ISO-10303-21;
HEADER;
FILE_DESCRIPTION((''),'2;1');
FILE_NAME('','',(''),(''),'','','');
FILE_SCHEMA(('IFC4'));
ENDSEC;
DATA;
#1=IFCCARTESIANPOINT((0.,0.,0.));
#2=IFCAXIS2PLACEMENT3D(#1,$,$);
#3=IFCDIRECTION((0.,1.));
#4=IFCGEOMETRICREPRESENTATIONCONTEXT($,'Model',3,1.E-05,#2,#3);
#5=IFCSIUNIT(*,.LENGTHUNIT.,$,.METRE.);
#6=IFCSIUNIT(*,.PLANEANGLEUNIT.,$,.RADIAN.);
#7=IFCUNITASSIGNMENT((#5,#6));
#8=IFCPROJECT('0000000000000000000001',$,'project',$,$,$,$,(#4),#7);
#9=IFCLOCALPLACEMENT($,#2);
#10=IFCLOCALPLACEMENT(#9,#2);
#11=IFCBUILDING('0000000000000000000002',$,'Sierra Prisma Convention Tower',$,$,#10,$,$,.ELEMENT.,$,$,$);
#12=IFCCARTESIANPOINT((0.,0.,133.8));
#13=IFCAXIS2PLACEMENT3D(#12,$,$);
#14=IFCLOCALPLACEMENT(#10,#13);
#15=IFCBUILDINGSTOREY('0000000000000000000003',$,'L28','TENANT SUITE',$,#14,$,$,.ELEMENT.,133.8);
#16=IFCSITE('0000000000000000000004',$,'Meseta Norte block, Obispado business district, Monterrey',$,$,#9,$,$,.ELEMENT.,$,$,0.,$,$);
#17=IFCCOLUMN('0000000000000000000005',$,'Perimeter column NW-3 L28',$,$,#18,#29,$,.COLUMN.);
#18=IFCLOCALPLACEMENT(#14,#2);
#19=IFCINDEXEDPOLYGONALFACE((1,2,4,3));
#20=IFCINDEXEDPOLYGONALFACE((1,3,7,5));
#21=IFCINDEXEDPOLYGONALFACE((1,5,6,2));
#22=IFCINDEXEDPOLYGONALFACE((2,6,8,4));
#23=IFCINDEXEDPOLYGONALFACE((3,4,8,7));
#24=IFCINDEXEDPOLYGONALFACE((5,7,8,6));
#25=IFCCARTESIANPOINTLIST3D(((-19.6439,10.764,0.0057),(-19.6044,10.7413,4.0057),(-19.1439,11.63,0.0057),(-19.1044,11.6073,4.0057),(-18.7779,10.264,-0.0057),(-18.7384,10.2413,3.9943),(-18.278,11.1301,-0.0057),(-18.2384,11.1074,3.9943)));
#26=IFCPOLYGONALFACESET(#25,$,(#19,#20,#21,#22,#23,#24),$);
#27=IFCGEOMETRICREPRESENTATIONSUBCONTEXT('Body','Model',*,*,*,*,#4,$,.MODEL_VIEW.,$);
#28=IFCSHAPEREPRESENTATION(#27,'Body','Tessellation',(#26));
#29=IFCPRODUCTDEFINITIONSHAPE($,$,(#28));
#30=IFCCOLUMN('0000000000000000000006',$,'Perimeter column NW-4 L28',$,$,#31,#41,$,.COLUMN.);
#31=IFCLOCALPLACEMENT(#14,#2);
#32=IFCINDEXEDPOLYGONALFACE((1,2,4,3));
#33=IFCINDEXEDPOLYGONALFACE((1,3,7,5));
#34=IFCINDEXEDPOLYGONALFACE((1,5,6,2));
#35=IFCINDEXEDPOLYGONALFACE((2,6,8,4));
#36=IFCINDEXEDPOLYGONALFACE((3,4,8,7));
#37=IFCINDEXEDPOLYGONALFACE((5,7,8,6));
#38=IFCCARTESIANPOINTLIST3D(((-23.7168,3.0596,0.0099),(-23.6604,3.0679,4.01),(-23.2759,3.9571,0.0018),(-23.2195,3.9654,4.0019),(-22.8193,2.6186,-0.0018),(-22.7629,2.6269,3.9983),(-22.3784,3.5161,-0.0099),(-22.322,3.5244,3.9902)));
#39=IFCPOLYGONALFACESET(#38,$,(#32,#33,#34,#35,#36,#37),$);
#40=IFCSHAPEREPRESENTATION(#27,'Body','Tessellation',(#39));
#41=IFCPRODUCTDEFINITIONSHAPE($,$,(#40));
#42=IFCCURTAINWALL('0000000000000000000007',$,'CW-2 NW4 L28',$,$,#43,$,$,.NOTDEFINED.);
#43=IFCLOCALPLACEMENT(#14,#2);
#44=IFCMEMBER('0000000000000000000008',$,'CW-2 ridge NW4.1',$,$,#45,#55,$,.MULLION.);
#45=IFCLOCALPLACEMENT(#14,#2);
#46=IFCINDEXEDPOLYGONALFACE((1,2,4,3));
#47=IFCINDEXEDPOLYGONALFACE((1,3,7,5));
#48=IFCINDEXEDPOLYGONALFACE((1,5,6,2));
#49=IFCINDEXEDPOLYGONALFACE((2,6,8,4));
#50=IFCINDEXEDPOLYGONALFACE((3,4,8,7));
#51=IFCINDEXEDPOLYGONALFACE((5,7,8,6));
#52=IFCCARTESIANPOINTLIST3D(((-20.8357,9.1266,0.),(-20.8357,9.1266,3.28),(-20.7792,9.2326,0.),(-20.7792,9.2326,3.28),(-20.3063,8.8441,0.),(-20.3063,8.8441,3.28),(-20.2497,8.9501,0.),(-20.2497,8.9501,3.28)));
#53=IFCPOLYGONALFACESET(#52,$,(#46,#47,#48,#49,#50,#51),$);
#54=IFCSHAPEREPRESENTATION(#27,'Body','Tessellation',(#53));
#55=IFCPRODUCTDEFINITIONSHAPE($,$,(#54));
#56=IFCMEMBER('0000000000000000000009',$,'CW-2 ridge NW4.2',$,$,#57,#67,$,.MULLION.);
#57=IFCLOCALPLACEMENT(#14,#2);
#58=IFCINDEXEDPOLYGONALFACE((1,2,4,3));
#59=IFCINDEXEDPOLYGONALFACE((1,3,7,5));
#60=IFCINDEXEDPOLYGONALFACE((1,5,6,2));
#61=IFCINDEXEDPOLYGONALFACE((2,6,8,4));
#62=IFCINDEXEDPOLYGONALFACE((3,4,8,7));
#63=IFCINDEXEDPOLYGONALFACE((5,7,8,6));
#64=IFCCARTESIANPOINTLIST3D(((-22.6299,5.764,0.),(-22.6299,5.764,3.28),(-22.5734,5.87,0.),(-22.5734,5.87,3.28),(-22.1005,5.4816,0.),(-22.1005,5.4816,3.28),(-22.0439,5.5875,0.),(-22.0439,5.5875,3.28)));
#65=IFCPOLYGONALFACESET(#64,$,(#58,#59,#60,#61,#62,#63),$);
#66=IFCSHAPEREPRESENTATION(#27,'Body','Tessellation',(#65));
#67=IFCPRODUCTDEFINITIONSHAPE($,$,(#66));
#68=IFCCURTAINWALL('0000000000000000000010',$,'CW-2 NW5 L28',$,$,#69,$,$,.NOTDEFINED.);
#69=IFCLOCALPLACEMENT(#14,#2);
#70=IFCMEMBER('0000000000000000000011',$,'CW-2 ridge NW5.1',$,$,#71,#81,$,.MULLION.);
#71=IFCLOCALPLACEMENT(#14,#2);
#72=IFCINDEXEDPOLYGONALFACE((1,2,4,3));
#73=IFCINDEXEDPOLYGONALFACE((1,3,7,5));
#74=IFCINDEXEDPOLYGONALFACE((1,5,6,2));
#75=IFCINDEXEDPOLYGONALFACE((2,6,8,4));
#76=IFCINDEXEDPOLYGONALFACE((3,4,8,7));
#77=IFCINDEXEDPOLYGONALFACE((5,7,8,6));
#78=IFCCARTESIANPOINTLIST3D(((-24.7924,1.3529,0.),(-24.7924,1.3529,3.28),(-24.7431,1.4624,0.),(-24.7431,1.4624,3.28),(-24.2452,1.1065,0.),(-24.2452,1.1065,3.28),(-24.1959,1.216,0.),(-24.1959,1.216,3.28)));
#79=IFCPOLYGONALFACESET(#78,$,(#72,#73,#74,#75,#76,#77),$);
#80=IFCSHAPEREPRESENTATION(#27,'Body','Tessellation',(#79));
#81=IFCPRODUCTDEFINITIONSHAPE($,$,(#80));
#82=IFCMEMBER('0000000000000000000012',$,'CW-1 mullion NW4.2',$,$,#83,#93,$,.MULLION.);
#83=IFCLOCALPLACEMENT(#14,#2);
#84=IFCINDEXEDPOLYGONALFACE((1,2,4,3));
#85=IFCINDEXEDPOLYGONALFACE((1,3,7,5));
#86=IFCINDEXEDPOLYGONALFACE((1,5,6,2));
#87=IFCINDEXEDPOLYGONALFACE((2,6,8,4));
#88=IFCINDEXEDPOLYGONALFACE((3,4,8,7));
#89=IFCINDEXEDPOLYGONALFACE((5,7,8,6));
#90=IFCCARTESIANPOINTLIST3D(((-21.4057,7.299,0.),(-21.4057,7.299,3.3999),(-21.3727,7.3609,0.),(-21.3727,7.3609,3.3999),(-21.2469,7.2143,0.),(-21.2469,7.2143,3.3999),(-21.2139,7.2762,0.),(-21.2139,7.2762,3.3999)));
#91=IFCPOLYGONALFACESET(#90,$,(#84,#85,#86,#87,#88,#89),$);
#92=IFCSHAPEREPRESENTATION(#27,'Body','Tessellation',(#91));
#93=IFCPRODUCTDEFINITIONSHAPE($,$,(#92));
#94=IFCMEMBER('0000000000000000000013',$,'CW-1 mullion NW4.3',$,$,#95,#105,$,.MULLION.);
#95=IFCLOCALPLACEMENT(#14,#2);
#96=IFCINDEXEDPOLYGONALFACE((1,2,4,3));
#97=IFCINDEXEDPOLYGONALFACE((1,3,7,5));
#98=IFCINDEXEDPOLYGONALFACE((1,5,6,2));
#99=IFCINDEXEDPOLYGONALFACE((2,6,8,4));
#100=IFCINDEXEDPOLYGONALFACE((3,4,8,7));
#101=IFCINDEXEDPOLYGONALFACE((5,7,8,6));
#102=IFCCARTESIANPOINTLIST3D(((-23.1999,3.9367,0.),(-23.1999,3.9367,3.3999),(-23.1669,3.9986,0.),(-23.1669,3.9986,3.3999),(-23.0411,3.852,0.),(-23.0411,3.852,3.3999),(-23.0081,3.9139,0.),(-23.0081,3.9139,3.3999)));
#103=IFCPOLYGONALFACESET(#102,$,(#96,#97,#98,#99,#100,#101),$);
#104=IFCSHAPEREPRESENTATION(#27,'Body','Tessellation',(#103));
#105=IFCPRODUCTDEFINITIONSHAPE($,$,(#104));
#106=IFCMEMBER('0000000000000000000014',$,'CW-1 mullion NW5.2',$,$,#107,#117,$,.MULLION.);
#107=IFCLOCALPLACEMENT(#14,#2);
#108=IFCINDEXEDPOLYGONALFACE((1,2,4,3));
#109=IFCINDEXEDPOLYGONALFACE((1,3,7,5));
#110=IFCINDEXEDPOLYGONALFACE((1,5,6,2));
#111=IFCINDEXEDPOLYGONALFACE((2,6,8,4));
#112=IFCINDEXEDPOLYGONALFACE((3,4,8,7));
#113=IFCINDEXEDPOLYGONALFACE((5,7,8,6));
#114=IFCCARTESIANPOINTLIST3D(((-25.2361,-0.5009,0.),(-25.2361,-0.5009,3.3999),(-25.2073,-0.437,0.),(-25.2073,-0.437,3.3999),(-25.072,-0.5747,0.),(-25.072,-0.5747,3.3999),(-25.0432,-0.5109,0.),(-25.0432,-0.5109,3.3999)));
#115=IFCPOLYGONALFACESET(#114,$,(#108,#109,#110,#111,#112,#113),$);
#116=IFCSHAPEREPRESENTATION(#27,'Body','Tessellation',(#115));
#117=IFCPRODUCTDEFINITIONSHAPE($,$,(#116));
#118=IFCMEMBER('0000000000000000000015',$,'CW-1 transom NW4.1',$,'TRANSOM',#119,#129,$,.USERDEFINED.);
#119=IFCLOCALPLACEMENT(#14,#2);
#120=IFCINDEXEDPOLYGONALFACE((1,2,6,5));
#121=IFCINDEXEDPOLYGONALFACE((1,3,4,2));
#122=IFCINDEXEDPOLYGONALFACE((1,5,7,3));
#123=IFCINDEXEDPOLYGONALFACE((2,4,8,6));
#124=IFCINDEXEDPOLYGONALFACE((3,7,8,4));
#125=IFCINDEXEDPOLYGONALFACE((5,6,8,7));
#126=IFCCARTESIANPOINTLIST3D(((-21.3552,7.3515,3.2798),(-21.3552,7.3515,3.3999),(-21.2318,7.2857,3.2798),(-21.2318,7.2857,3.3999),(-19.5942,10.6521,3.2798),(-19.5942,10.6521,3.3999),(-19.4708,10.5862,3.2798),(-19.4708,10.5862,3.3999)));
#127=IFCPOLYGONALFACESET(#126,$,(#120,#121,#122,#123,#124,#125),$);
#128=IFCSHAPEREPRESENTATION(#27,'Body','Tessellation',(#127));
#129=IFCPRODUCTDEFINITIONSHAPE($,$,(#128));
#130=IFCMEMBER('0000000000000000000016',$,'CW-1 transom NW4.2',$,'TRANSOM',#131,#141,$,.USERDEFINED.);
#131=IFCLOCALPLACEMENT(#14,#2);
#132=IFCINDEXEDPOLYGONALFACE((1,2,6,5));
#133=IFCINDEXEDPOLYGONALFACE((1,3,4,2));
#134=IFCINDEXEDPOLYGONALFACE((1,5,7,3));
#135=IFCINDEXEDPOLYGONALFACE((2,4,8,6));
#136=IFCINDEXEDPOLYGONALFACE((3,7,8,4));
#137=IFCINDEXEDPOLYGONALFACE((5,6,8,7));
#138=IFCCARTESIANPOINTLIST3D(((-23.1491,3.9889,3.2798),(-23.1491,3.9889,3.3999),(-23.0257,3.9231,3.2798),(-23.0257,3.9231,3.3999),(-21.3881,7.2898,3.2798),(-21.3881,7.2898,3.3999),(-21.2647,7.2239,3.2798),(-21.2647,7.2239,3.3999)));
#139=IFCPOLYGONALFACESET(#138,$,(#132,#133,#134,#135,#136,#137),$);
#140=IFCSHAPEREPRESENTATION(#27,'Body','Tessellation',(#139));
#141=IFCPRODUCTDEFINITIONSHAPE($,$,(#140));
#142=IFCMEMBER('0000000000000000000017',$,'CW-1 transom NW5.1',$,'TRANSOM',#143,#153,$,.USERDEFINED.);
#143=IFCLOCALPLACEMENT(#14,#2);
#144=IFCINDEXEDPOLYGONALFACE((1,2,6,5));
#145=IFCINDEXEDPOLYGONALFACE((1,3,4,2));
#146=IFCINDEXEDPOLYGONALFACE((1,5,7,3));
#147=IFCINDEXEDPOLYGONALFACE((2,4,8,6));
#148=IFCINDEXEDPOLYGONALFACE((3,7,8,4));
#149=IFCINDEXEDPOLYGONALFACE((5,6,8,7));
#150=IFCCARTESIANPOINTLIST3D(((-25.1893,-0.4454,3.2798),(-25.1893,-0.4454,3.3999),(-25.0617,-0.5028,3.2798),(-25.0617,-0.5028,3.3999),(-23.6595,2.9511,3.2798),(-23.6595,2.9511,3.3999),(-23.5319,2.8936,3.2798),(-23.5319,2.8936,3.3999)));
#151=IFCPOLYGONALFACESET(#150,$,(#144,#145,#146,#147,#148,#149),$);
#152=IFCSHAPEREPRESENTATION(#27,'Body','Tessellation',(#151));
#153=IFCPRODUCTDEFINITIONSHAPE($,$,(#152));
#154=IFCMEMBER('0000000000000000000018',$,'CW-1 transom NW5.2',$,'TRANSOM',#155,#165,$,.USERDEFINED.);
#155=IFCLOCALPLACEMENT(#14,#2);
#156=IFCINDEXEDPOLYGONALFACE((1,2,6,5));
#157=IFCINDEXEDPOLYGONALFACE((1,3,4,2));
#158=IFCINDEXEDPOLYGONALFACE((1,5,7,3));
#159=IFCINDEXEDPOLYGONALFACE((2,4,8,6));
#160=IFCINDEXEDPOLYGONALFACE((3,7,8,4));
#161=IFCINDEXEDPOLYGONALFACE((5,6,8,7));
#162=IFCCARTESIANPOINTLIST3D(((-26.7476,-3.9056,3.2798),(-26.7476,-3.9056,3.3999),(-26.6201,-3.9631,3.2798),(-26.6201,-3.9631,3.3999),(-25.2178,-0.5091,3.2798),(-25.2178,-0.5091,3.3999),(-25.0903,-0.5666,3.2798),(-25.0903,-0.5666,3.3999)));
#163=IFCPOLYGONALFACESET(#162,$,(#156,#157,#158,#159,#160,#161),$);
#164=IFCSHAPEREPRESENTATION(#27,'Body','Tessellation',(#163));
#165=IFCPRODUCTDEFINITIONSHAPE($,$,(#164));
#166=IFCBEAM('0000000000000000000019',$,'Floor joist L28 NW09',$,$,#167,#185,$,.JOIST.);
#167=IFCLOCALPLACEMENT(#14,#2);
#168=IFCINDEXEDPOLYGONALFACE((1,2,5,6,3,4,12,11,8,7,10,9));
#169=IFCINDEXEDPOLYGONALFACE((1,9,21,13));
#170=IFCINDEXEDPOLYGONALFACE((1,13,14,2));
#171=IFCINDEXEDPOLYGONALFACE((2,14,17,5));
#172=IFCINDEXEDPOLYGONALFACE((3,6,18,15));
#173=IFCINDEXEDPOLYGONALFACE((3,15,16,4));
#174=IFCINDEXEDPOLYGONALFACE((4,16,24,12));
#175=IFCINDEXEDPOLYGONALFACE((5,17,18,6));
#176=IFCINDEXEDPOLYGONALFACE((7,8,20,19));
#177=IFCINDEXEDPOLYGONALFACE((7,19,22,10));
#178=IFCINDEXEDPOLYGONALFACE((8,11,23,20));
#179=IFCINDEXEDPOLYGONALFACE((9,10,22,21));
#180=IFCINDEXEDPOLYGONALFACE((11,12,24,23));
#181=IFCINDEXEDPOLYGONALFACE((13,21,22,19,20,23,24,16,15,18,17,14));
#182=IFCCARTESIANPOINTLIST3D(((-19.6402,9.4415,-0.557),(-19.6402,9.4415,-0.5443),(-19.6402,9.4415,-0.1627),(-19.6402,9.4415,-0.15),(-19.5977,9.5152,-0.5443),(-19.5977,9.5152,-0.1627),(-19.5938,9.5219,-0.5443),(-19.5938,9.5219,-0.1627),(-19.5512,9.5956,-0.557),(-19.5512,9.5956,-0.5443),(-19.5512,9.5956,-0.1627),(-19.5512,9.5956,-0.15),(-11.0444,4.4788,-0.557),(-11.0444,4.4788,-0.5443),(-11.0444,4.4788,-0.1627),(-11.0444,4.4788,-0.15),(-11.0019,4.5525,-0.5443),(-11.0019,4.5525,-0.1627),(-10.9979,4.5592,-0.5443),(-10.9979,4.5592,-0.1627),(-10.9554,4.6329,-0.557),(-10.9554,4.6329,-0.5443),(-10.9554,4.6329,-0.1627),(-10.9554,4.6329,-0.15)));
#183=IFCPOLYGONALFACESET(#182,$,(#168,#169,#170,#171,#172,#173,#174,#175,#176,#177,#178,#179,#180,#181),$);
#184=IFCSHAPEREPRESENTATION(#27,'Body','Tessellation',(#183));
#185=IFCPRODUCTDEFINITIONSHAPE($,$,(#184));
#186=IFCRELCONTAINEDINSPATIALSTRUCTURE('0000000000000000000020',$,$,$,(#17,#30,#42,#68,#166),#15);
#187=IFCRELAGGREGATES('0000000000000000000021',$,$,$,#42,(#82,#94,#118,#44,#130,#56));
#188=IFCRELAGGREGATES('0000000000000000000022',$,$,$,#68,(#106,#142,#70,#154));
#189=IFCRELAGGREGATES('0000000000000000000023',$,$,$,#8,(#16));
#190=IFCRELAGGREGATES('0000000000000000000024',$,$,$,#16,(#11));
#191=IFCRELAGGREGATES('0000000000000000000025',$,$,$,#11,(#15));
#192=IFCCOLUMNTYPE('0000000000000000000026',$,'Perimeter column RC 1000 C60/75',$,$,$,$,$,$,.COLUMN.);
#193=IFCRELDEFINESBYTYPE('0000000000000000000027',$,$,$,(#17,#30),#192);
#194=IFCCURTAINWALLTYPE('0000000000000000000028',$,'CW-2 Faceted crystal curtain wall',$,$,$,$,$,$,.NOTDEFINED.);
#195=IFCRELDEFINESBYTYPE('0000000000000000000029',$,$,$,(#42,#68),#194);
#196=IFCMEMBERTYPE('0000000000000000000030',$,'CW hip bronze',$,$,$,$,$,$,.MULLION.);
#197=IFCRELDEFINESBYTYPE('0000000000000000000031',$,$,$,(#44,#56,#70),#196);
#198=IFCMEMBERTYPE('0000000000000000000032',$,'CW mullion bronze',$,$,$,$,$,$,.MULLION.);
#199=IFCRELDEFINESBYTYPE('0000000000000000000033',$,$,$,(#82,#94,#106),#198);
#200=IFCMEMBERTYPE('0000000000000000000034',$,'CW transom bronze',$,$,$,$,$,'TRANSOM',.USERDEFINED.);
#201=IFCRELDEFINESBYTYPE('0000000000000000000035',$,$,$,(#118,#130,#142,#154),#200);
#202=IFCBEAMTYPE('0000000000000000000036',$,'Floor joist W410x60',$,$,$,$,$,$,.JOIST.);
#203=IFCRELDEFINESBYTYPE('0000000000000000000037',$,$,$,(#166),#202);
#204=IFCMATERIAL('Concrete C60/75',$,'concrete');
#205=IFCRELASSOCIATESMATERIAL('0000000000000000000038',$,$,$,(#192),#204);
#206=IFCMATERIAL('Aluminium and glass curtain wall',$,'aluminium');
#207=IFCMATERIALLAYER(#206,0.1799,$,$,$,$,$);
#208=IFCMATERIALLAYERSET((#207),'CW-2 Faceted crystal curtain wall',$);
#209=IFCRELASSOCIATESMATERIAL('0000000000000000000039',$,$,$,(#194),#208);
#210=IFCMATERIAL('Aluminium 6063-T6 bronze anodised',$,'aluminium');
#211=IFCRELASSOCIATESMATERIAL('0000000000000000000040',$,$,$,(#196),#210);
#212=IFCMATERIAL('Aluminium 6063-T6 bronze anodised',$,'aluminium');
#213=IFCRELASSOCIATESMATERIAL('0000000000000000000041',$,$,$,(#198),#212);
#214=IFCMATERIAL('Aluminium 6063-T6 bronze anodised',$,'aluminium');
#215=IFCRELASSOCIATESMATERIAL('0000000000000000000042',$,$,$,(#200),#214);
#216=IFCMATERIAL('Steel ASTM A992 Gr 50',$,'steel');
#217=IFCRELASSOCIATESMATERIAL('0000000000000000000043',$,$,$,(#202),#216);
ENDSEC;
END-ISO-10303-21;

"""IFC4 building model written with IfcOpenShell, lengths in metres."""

from ifc_helpers import new_model, si_unit, direction, frame, origin, origin_2d, place, context, subcontext, project, spatial, rectangle, i_section, extrude, material, layer, layer_set, material_profile, profile_set, type_object, element, aggregate, save


model = new_model("IFC4")

# Units and contexts
model_context = context("Model", 3, precision=1e-05, world=origin(), true_north=direction((0.0, 1.0)))
body_context = subcontext(model_context, "Body", "Model", "MODEL_VIEW")
ifc_project = project(units=[si_unit("LENGTHUNIT", "METRE"), si_unit("PLANEANGLEUNIT", "RADIAN")], contexts=[model_context])

# Site, building, storey
site_placement = place(None, origin())
site = spatial("IfcSite", under=ifc_project, at=site_placement, Name="Meseta Norte block, Obispado business district, Monterrey", CompositionType="ELEMENT", RefElevation=0.0)
building_placement = place(site_placement, origin())
building = spatial("IfcBuilding", under=site, at=building_placement, Name="Sierra Prisma Convention Tower", CompositionType="ELEMENT")
storey_placement = place(building_placement, frame((0.0, 0.0, 133.8)))
storey = spatial("IfcBuildingStorey", under=building, at=storey_placement, Name="L28", Description="TENANT SUITE", CompositionType="ELEMENT", Elevation=133.8)

# Columns
ifc_material_1 = material(Name="Concrete C60/75", Category="concrete")
ifc_material_profile_1 = material_profile(ifc_material_1, rectangle(XDim=1.0, YDim=1.0, at=origin_2d()), Name="Perimeter column RC 1000 C60/75")
ifc_profile_set_1 = profile_set([ifc_material_profile_1], Name="Concrete C60/75")
column_type = type_object("IfcColumnType", Name="Perimeter column RC 1000 C60/75", PredefinedType="COLUMN", material=ifc_profile_set_1)
column_1_placement = place(storey_placement, frame((-18.9609, 10.947, 0.0), z_axis=(0.009887, -0.005676, 0.999935), x_axis=(0.499976, 0.86604, -0.000028)))
element("IfcColumn", 1, at=column_1_placement, inside=storey, type_object=column_type, Name="Perimeter column NW-3 L28", PredefinedType="COLUMN", context=body_context, shape_type="SweptSolid", body=[
    extrude(rectangle(XDim=1.0, YDim=1.0, at=origin_2d()), origin(), (0.0, 0.0, 1.0), 4.0002),
])
column_2_placement = place(storey_placement, frame((-23.0476, 3.2878, 0.0), z_axis=(0.014098, 0.002075, 0.999898), x_axis=(0.440886, 0.897527, -0.008079)))
element("IfcColumn", 2, at=column_2_placement, inside=storey, type_object=column_type, Name="Perimeter column NW-4 L28", PredefinedType="COLUMN", context=body_context, shape_type="SweptSolid", body=[
    extrude(rectangle(XDim=1.0, YDim=1.0, at=origin_2d()), origin(), (0.0, 0.0, 1.0), 4.0005),
])

# Curtain wall, members
ifc_material_2 = material(Name="Aluminium and glass curtain wall", Category="aluminium")
ifc_layer_1 = layer(ifc_material_2, 0.1799)
ifc_layer_set_1 = layer_set([ifc_layer_1], Name="CW-2 Faceted crystal curtain wall")
curtain_wall_type = type_object("IfcCurtainWallType", Name="CW-2 Faceted crystal curtain wall", PredefinedType="NOTDEFINED", material=ifc_layer_set_1)
curtain_wall_1_placement = place(storey_placement, origin())
curtain_wall_1 = element("IfcCurtainWall", 3, at=curtain_wall_1_placement, inside=storey, type_object=curtain_wall_type, Name="CW-2 NW4 L28", PredefinedType="NOTDEFINED")
ifc_material_3 = material(Name="Aluminium 6063-T6 bronze anodised", Category="aluminium")
ifc_material_profile_2 = material_profile(ifc_material_3, rectangle(XDim=0.1201, YDim=0.6001, at=origin_2d()), Name="ALU RIDGE BLADE 120x600")
ifc_profile_set_2 = profile_set([ifc_material_profile_2], Name="Aluminium 6063-T6 bronze anodised")
member_type_1 = type_object("IfcMemberType", Name="CW hip bronze", PredefinedType="MULLION", material=ifc_profile_set_2)
member_1_placement = place(storey_placement, frame((-20.5427, 9.0383, 0.0), z_axis=(0.0, 0.0, 1.0), x_axis=(-0.470728, -0.882278, 0.0)))
member_1 = element("IfcMember", 4, at=member_1_placement, type_object=member_type_1, Name="CW-2 ridge NW4.1", PredefinedType="MULLION", context=body_context, shape_type="SweptSolid", body=[
    extrude(rectangle(XDim=0.1201, YDim=0.6001, at=origin_2d()), origin(), (0.0, 0.0, 1.0), 3.28),
])
member_2_placement = place(storey_placement, frame((-22.3369, 5.6758, 0.0), z_axis=(0.0, 0.0, 1.0), x_axis=(-0.470728, -0.882278, 0.0)))
member_2 = element("IfcMember", 5, at=member_2_placement, type_object=member_type_1, Name="CW-2 ridge NW4.2", PredefinedType="MULLION", context=body_context, shape_type="SweptSolid", body=[
    extrude(rectangle(XDim=0.1201, YDim=0.6001, at=origin_2d()), origin(), (0.0, 0.0, 1.0), 3.28),
])

# Curtain wall, member
curtain_wall_2_placement = place(storey_placement, origin())
curtain_wall_2 = element("IfcCurtainWall", 6, at=curtain_wall_2_placement, inside=storey, type_object=curtain_wall_type, Name="CW-2 NW5 L28", PredefinedType="NOTDEFINED")
member_3_placement = place(storey_placement, frame((-24.4941, 1.2844, 0.0), z_axis=(0.0, 0.0, 1.0), x_axis=(-0.410636, -0.911799, 0.0)))
member_3 = element("IfcMember", 7, at=member_3_placement, type_object=member_type_1, Name="CW-2 ridge NW5.1", PredefinedType="MULLION", context=body_context, shape_type="SweptSolid", body=[
    extrude(rectangle(XDim=0.1201, YDim=0.6001, at=origin_2d()), origin(), (0.0, 0.0, 1.0), 3.28),
])

# Members
ifc_material_4 = material(Name="Aluminium 6063-T6 bronze anodised", Category="aluminium")
ifc_material_profile_3 = material_profile(ifc_material_4, rectangle(XDim=0.1799, YDim=0.0701, at=origin_2d()), Name="ALU MULLION 70x180")
ifc_profile_set_3 = profile_set([ifc_material_profile_3], Name="Aluminium 6063-T6 bronze anodised")
member_type_2 = type_object("IfcMemberType", Name="CW mullion bronze", PredefinedType="MULLION", material=ifc_profile_set_3)
member_4_placement = place(storey_placement, frame((-21.3098, 7.2876, 0.0), z_axis=(0.0, 0.0, 1.0), x_axis=(0.882278, -0.470728, 0.0)))
member_4 = element("IfcMember", 8, at=member_4_placement, type_object=member_type_2, Name="CW-1 mullion NW4.2", PredefinedType="MULLION", context=body_context, shape_type="SweptSolid", body=[
    extrude(rectangle(XDim=0.1799, YDim=0.0701, at=origin_2d()), origin(), (0.0, 0.0, 1.0), 3.3999),
])
member_5_placement = place(storey_placement, frame((-23.104, 3.9253, 0.0), z_axis=(0.0, 0.0, 1.0), x_axis=(0.882278, -0.470728, 0.0)))
member_5 = element("IfcMember", 9, at=member_5_placement, type_object=member_type_2, Name="CW-1 mullion NW4.3", PredefinedType="MULLION", context=body_context, shape_type="SweptSolid", body=[
    extrude(rectangle(XDim=0.1799, YDim=0.0701, at=origin_2d()), origin(), (0.0, 0.0, 1.0), 3.3999),
])
member_6_placement = place(storey_placement, frame((-25.1396, -0.5059, 0.0), z_axis=(0.0, 0.0, 1.0), x_axis=(0.911799, -0.410636, 0.0)))
member_6 = element("IfcMember", 10, at=member_6_placement, type_object=member_type_2, Name="CW-1 mullion NW5.2", PredefinedType="MULLION", context=body_context, shape_type="SweptSolid", body=[
    extrude(rectangle(XDim=0.1799, YDim=0.0701, at=origin_2d()), origin(), (0.0, 0.0, 1.0), 3.3999),
])
ifc_material_5 = material(Name="Aluminium 6063-T6 bronze anodised", Category="aluminium")
ifc_material_profile_4 = material_profile(ifc_material_5, rectangle(XDim=0.1399, YDim=0.1201, at=origin_2d()), Name="ALU TRANSOM 120x140")
ifc_profile_set_4 = profile_set([ifc_material_profile_4], Name="Aluminium 6063-T6 bronze anodised")
member_type_3 = type_object("IfcMemberType", Name="CW transom bronze", ElementType="TRANSOM", PredefinedType="USERDEFINED", material=ifc_profile_set_4)
member_7_placement = place(storey_placement, frame((-19.5325, 10.6191, 3.3398), z_axis=(-0.470734, -0.882275, 0.0), x_axis=(0.882275, -0.470734, 0.0)))
member_7 = element("IfcMember", 11, at=member_7_placement, type_object=member_type_3, Name="CW-1 transom NW4.1", ObjectType="TRANSOM", PredefinedType="USERDEFINED", context=body_context, shape_type="SweptSolid", body=[
    extrude(rectangle(XDim=0.1399, YDim=0.1201, at=origin_2d()), origin(), (0.0, 0.0, 1.0), 3.741),
])
member_8_placement = place(storey_placement, frame((-21.3264, 7.2568, 3.3398), z_axis=(-0.470707, -0.88229, 0.0), x_axis=(0.88229, -0.470707, 0.0)))
member_8 = element("IfcMember", 12, at=member_8_placement, type_object=member_type_3, Name="CW-1 transom NW4.2", ObjectType="TRANSOM", PredefinedType="USERDEFINED", context=body_context, shape_type="SweptSolid", body=[
    extrude(rectangle(XDim=0.1399, YDim=0.1201, at=origin_2d()), origin(), (0.0, 0.0, 1.0), 3.7412),
])
member_9_placement = place(storey_placement, frame((-23.5957, 2.9224, 3.3398), z_axis=(-0.41067, -0.911784, 0.0), x_axis=(0.911784, -0.41067, 0.0)))
member_9 = element("IfcMember", 13, at=member_9_placement, type_object=member_type_3, Name="CW-1 transom NW5.1", ObjectType="TRANSOM", PredefinedType="USERDEFINED", context=body_context, shape_type="SweptSolid", body=[
    extrude(rectangle(XDim=0.1399, YDim=0.1201, at=origin_2d()), origin(), (0.0, 0.0, 1.0), 3.7251),
])
member_10_placement = place(storey_placement, frame((-25.1541, -0.5378, 3.3398), z_axis=(-0.41067, -0.911784, 0.0), x_axis=(0.911784, -0.41067, 0.0)))
member_10 = element("IfcMember", 14, at=member_10_placement, type_object=member_type_3, Name="CW-1 transom NW5.2", ObjectType="TRANSOM", PredefinedType="USERDEFINED", context=body_context, shape_type="SweptSolid", body=[
    extrude(rectangle(XDim=0.1399, YDim=0.1201, at=origin_2d()), origin(), (0.0, 0.0, 1.0), 3.7251),
])

# Beam
ifc_material_6 = material(Name="Steel ASTM A992 Gr 50", Category="steel")
ifc_material_profile_5 = material_profile(ifc_material_6, i_section(OverallWidth=0.178, OverallDepth=0.407, WebThickness=0.0078, FlangeThickness=0.0127, at=origin_2d()), Name="W410x60")
ifc_profile_set_5 = profile_set([ifc_material_profile_5], Name="Steel ASTM A992 Gr 50")
beam_type_1 = type_object("IfcBeamType", Name="Floor joist W410x60", PredefinedType="JOIST", material=ifc_profile_set_5)
beam_1_placement = place(storey_placement, frame((-19.5957, 9.5186, -0.3535), z_axis=(0.866029, -0.499994, 0.0), x_axis=(0.499994, 0.866029, 0.0)))
element("IfcBeam", 15, at=beam_1_placement, inside=storey, type_object=beam_type_1, Name="Floor joist L28 NW09", PredefinedType="JOIST", context=body_context, shape_type="SweptSolid", body=[
    extrude(i_section(OverallWidth=0.178, OverallDepth=0.407, WebThickness=0.0078, FlangeThickness=0.0127, at=origin_2d()), origin(), (0.0, 0.0, 1.0), 9.9255),
])

aggregate(curtain_wall_1, [member_4, member_5, member_7, member_1, member_8, member_2])
aggregate(curtain_wall_2, [member_6, member_9, member_3, member_10])

save(model, "model.ifc")
